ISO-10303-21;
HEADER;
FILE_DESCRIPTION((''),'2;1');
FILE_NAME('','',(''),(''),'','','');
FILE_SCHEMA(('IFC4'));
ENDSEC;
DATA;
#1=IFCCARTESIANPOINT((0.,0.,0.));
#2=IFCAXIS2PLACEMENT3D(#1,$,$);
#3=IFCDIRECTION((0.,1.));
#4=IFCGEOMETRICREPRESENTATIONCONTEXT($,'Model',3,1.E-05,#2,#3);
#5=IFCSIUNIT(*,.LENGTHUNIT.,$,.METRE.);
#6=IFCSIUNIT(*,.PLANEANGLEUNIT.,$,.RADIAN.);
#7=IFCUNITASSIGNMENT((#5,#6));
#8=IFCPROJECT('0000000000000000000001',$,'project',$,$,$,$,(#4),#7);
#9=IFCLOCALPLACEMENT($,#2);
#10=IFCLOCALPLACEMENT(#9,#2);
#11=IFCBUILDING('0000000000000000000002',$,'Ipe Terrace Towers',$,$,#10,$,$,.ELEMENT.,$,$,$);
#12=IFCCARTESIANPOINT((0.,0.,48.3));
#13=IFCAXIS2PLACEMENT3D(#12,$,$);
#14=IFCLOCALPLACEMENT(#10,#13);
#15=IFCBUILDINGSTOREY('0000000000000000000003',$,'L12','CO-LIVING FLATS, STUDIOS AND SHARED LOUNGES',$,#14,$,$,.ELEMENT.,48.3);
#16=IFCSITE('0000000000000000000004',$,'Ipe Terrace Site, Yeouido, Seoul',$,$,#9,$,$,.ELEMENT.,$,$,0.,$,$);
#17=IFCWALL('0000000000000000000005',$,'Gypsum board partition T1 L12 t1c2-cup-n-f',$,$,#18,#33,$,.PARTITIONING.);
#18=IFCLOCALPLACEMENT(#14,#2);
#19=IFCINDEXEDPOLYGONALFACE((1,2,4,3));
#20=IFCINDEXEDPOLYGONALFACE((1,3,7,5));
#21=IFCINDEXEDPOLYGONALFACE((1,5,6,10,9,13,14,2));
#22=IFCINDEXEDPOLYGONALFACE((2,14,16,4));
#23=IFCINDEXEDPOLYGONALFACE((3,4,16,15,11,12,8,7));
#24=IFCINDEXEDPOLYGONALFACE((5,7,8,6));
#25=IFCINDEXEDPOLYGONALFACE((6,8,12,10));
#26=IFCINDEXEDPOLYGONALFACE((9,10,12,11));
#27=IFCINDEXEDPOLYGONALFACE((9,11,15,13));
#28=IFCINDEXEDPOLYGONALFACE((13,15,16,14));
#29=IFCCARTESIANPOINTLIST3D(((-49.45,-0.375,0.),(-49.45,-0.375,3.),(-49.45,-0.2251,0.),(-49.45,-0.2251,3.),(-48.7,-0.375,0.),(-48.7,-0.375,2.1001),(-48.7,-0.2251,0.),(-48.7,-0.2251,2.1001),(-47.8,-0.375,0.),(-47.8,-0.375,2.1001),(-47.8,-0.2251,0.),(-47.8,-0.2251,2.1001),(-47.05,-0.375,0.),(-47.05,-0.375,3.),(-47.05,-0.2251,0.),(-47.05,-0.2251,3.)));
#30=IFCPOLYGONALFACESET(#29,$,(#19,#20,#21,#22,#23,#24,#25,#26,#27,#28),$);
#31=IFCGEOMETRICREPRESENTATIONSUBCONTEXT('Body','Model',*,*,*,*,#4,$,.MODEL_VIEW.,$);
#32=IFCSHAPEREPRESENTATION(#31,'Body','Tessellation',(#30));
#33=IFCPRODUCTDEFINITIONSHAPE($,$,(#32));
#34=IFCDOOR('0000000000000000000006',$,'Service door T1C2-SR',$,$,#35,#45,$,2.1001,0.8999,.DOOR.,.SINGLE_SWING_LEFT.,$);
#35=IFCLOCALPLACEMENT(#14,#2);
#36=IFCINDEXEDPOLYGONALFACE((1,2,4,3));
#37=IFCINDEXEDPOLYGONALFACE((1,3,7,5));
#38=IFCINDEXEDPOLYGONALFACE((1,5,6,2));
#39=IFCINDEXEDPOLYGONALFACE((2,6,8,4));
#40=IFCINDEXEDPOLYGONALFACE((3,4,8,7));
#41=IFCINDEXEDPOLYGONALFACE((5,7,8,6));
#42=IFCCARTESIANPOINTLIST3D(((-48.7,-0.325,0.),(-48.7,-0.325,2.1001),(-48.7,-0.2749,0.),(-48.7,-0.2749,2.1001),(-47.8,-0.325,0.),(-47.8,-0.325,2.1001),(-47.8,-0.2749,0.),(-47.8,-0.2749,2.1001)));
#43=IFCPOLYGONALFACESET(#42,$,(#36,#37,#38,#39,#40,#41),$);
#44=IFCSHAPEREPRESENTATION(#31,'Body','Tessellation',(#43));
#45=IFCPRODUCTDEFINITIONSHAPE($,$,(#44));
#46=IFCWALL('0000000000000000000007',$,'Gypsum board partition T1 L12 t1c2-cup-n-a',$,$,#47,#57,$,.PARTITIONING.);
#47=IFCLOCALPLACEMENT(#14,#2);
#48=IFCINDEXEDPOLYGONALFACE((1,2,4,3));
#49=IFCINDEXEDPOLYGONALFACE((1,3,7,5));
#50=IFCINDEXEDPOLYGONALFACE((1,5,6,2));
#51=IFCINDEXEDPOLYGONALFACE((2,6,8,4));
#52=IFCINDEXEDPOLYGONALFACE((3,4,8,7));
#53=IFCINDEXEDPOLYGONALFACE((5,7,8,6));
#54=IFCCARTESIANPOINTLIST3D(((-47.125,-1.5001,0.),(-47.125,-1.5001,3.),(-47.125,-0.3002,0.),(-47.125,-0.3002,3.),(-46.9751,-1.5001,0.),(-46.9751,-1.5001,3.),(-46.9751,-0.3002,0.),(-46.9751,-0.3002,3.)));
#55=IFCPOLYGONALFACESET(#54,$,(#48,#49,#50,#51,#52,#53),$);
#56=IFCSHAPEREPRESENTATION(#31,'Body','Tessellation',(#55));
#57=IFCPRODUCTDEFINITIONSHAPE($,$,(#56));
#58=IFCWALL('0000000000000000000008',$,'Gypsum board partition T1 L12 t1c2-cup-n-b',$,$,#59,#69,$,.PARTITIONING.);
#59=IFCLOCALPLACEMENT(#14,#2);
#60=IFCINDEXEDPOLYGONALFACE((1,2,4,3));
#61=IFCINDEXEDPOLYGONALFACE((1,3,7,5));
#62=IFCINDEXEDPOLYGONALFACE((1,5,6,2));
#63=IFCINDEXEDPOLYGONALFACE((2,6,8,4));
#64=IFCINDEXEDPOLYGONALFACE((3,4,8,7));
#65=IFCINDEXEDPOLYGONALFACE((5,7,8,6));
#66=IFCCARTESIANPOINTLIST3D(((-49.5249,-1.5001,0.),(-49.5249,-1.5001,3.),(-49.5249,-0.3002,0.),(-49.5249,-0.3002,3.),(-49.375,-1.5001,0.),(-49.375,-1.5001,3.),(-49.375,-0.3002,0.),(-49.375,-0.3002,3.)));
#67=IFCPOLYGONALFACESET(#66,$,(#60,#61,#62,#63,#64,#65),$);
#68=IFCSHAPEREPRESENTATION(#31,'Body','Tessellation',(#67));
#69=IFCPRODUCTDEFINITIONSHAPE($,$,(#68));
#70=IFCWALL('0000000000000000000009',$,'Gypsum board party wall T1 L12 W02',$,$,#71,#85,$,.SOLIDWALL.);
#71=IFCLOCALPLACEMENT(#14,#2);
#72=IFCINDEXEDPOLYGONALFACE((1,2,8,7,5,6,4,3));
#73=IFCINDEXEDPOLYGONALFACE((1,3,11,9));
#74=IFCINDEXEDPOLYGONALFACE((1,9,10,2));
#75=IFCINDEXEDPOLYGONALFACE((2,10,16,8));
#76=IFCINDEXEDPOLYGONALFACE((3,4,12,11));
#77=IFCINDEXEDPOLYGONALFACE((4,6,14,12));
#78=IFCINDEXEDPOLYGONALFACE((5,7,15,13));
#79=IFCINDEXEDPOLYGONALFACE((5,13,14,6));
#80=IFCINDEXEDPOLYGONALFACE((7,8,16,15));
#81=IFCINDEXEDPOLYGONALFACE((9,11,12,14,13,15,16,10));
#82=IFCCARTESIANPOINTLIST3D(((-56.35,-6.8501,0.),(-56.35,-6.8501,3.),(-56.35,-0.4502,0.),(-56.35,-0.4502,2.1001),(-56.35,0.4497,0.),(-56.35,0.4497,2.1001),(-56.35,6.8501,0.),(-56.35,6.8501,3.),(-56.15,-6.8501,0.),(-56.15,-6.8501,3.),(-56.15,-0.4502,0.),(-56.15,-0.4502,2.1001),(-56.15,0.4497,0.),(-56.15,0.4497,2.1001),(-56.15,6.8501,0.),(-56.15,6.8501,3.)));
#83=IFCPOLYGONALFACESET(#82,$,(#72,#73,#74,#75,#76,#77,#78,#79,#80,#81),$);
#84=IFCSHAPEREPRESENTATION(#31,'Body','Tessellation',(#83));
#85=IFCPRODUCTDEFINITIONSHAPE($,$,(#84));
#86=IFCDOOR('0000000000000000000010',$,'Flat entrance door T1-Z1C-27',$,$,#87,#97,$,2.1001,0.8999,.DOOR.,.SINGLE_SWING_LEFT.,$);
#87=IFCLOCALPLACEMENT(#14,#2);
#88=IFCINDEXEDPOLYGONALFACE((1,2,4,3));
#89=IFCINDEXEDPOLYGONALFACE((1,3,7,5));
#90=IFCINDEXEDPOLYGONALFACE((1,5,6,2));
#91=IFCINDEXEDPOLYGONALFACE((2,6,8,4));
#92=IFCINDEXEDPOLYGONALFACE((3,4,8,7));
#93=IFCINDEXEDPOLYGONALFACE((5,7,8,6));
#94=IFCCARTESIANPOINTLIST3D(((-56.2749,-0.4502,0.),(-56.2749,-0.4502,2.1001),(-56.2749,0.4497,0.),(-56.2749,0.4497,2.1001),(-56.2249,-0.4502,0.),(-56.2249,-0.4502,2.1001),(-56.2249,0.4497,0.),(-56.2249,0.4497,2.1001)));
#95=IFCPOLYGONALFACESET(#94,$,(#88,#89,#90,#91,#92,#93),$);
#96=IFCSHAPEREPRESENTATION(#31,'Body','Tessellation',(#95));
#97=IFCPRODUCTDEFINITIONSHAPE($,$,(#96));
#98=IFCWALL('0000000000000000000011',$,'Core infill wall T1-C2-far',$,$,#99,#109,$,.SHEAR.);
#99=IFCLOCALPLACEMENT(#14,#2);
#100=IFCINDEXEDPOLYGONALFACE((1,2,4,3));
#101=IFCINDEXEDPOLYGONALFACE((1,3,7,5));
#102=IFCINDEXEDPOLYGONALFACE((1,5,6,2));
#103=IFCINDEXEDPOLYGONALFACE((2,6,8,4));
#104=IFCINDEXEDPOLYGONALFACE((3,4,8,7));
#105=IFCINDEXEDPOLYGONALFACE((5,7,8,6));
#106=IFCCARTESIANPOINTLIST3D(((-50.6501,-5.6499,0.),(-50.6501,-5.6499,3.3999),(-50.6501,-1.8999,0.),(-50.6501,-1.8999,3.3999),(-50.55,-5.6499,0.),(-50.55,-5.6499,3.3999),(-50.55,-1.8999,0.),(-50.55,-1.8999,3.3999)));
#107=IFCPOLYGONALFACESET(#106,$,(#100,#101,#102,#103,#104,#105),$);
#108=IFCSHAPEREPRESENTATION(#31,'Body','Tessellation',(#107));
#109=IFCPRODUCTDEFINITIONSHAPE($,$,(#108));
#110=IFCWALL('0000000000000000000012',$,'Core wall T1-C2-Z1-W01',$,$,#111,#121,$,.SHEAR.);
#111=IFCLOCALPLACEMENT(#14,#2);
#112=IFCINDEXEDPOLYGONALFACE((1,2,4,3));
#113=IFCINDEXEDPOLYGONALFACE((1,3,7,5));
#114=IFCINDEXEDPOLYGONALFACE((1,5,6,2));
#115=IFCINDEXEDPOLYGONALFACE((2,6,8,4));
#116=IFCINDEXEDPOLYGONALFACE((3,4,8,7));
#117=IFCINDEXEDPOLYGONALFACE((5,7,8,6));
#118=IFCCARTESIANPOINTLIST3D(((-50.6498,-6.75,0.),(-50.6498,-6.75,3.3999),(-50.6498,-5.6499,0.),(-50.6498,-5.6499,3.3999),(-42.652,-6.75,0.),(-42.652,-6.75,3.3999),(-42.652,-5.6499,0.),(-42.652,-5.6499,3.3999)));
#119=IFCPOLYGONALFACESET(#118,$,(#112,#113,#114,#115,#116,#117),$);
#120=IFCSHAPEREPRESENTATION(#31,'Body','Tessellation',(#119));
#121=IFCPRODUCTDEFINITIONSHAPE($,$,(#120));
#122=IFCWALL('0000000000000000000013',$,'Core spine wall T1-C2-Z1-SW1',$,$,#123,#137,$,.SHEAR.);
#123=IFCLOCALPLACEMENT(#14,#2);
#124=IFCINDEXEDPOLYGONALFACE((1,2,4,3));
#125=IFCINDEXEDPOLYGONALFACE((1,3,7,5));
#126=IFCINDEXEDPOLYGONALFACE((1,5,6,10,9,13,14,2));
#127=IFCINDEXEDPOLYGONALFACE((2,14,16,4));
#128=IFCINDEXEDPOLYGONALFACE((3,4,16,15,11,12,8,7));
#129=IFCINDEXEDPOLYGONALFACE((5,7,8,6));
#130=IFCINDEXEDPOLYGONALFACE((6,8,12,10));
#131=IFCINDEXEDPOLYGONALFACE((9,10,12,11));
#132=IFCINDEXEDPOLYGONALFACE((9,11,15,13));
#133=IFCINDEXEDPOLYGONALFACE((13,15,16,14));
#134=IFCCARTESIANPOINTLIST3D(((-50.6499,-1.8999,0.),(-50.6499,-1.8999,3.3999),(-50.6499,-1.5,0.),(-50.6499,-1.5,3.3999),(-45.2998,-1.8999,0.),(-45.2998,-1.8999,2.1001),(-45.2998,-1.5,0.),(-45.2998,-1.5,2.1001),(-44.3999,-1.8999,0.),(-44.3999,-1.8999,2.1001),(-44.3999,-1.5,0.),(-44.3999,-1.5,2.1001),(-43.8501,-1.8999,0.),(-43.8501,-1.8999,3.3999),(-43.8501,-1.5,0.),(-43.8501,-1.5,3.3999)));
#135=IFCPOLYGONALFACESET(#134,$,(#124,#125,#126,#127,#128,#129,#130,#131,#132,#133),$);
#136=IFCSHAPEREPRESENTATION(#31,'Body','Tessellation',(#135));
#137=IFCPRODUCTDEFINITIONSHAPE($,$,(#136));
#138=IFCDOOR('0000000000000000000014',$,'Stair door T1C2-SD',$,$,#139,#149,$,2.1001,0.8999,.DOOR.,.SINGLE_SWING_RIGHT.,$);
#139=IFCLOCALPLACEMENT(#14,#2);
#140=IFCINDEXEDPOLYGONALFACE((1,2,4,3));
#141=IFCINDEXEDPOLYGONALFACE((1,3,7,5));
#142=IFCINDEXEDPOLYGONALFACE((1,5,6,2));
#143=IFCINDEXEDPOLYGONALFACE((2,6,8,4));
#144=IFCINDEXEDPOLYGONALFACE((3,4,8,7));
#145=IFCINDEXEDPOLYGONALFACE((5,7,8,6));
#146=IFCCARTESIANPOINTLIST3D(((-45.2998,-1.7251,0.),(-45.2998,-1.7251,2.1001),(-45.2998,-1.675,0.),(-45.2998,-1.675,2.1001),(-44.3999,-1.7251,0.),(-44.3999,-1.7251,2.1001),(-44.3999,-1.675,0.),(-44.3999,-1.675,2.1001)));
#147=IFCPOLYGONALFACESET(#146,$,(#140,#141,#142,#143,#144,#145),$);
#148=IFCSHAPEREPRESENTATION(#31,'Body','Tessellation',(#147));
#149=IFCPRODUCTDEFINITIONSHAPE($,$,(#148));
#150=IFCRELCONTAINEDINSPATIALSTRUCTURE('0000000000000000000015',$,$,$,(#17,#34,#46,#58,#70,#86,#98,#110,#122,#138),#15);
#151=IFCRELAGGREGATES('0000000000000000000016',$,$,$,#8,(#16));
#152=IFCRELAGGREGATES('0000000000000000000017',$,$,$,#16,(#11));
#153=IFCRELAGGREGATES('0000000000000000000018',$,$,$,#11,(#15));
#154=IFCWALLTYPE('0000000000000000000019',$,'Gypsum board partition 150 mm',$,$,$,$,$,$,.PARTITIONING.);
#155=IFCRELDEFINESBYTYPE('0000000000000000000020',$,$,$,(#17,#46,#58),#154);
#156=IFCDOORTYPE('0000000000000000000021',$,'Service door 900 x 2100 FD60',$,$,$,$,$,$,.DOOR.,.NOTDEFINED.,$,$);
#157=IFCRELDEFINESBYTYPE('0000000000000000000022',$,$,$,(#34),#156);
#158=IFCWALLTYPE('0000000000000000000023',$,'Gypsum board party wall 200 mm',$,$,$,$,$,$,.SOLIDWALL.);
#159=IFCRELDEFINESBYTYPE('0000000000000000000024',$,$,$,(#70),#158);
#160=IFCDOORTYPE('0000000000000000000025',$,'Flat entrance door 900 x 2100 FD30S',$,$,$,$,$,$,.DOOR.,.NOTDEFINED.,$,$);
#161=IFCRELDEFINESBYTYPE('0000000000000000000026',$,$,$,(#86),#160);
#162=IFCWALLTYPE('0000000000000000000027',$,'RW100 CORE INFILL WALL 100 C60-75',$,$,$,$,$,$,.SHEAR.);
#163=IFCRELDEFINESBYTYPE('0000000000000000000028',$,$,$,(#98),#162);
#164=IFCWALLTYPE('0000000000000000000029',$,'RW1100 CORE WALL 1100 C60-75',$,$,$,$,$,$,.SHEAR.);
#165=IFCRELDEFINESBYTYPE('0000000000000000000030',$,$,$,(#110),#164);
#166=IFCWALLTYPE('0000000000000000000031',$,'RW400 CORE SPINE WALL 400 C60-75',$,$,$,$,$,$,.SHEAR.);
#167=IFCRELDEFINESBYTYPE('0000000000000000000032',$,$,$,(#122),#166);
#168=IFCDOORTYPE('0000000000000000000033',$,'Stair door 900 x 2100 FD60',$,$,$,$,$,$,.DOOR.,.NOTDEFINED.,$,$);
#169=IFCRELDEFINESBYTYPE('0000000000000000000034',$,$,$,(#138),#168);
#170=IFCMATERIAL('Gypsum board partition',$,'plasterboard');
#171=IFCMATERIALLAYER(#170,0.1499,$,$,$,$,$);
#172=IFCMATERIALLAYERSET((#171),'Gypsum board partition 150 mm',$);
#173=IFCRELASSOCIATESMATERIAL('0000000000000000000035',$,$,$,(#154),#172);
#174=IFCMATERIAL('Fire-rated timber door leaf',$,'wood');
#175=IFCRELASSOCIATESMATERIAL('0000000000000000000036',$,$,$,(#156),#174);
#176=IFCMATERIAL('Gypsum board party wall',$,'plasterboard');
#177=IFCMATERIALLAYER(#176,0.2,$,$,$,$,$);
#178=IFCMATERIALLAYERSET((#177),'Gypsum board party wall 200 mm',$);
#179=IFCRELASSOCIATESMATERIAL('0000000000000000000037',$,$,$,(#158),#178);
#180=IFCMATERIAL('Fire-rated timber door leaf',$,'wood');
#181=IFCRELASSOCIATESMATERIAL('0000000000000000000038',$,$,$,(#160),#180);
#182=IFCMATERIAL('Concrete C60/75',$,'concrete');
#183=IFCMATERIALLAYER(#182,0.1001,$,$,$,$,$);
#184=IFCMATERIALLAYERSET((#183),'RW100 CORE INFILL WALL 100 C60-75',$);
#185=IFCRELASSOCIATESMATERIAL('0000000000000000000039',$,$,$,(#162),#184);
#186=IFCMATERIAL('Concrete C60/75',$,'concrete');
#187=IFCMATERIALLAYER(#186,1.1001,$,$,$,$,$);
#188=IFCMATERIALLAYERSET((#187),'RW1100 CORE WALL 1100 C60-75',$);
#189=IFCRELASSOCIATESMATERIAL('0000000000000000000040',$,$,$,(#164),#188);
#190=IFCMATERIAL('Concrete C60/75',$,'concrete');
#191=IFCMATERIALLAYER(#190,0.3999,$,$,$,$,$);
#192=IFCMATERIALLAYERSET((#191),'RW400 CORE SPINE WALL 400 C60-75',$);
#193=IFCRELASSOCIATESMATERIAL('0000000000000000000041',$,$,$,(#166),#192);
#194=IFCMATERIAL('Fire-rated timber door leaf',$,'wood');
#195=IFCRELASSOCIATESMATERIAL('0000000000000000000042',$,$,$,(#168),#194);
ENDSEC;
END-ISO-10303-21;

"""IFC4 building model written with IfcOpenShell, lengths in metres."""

from ifc_helpers import new_model, si_unit, direction, frame, frame_2d, origin, place, context, subcontext, project, spatial, rectangle, extrude, material, layer, layer_set, type_object, element, fill, save


model = new_model("IFC4")

# Units and contexts
model_context = context("Model", 3, precision=1e-05, world=origin(), true_north=direction((0.0, 1.0)))
body_context = subcontext(model_context, "Body", "Model", "MODEL_VIEW")
ifc_project = project(units=[si_unit("LENGTHUNIT", "METRE"), si_unit("PLANEANGLEUNIT", "RADIAN")], contexts=[model_context])

# Site, building, storey
site_placement = place(None, origin())
site = spatial("IfcSite", under=ifc_project, at=site_placement, Name="Ipe Terrace Site, Yeouido, Seoul", CompositionType="ELEMENT", RefElevation=0.0)
building_placement = place(site_placement, origin())
building = spatial("IfcBuilding", under=site, at=building_placement, Name="Ipe Terrace Towers", CompositionType="ELEMENT")
storey_placement = place(building_placement, frame((0.0, 0.0, 48.3)))
storey = spatial("IfcBuildingStorey", under=building, at=storey_placement, Name="L12", Description="CO-LIVING FLATS, STUDIOS AND SHARED LOUNGES", CompositionType="ELEMENT", Elevation=48.3)

# Wall, opening, door
ifc_material_1 = material(Name="Gypsum board partition", Category="plasterboard")
ifc_layer_1 = layer(ifc_material_1, 0.1499)
ifc_layer_set_1 = layer_set([ifc_layer_1], Name="Gypsum board partition 150 mm")
wall_type_1 = type_object("IfcWallType", Name="Gypsum board partition 150 mm", PredefinedType="PARTITIONING", material=ifc_layer_set_1)
wall_1_placement = place(storey_placement, frame((-47.05, -0.3, 0.0), z_axis=(0.0, 0.0, 1.0), x_axis=(-1.0, 0.0, 0.0)))
wall_1 = element("IfcWall", 1, at=wall_1_placement, inside=storey, type_object=wall_type_1, Name="Gypsum board partition T1 L12 t1c2-cup-n-f", PredefinedType="PARTITIONING", context=body_context, shape_type="SweptSolid", body=[
    extrude(rectangle(XDim=2.3999, YDim=0.1499, at=frame_2d((1.2, 0.0))), origin(), (0.0, 0.0, 1.0), 3.0),
])
opening_1_placement = place(wall_1_placement, frame((0.75, 0.0, 0.0)))
opening_1 = element("IfcOpeningElement", 2, at=opening_1_placement, cuts=wall_1, PredefinedType="OPENING", context=body_context, shape_type="SweptSolid", body=[
    extrude(rectangle(XDim=0.8999, YDim=2.1001, at=frame_2d((0.45, 1.05))), frame((0.0, 0.085, 0.0), z_axis=(0.0, -1.0, 0.0), x_axis=(1.0, 0.0, 0.0)), (0.0, 0.0, 1.0), 0.1699),
])
ifc_material_2 = material(Name="Fire-rated timber door leaf", Category="wood")
door_type_1 = type_object("IfcDoorType", Name="Service door 900 x 2100 FD60", OperationType="NOTDEFINED", PredefinedType="DOOR", material=ifc_material_2)
door_1_placement = place(opening_1_placement, origin())
door_1 = element("IfcDoor", 3, at=door_1_placement, inside=storey, type_object=door_type_1, Name="Service door T1C2-SR", OperationType="SINGLE_SWING_LEFT", OverallHeight=2.1001, OverallWidth=0.8999, PredefinedType="DOOR", context=body_context, shape_type="SweptSolid", body=[
    extrude(rectangle(XDim=0.8999, YDim=2.1001, at=frame_2d((0.45, 1.05))), frame((0.0, 0.0249, 0.0), z_axis=(0.0, -1.0, 0.0), x_axis=(1.0, 0.0, 0.0)), (0.0, 0.0, 1.0), 0.05),
])
fill(opening_1, door_1)

# Walls
for number, where, z_axis, x_axis, name in (
    (4, (-47.05, -0.3, 0.0), (0.0, 0.0, 1.0), (0.0, -1.0, 0.0), "Gypsum board partition T1 L12 t1c2-cup-n-a"),
    (5, (-49.45, -0.3, 0.0), (0.0, 0.0, 1.0), (0.0, -1.0, 0.0), "Gypsum board partition T1 L12 t1c2-cup-n-b"),
):
    element("IfcWall", number, at=place(storey_placement, frame(where, z_axis=z_axis, x_axis=x_axis)), inside=storey, type_object=wall_type_1, Name=name, PredefinedType="PARTITIONING", context=body_context, shape_type="SweptSolid", body=[
        extrude(rectangle(XDim=1.2, YDim=0.1499, at=frame_2d((0.6001, 0.0))), origin(), (0.0, 0.0, 1.0), 3.0),
    ])

# Wall, opening, door
ifc_material_3 = material(Name="Gypsum board party wall", Category="plasterboard")
ifc_layer_2 = layer(ifc_material_3, 0.2)
ifc_layer_set_2 = layer_set([ifc_layer_2], Name="Gypsum board party wall 200 mm")
wall_type_2 = type_object("IfcWallType", Name="Gypsum board party wall 200 mm", PredefinedType="SOLIDWALL", material=ifc_layer_set_2)
wall_2_placement = place(storey_placement, frame((-56.25, -6.8501, 0.0), z_axis=(0.0, 0.0, 1.0), x_axis=(0.0, 1.0, 0.0)))
wall_2 = element("IfcWall", 6, at=wall_2_placement, inside=storey, type_object=wall_type_2, Name="Gypsum board party wall T1 L12 W02", PredefinedType="SOLIDWALL", context=body_context, shape_type="SweptSolid", body=[
    extrude(rectangle(XDim=13.7002, YDim=0.2, at=frame_2d((6.8501, 0.0))), origin(), (0.0, 0.0, 1.0), 3.0),
])
opening_2_placement = place(wall_2_placement, frame((6.3999, 0.0, 0.0)))
opening_2 = element("IfcOpeningElement", 7, at=opening_2_placement, cuts=wall_2, PredefinedType="OPENING", context=body_context, shape_type="SweptSolid", body=[
    extrude(rectangle(XDim=0.8999, YDim=2.1001, at=frame_2d((0.45, 1.05))), frame((0.0, 0.1099, 0.0), z_axis=(0.0, -1.0, 0.0), x_axis=(1.0, 0.0, 0.0)), (0.0, 0.0, 1.0), 0.22),
])
ifc_material_4 = material(Name="Fire-rated timber door leaf", Category="wood")
door_type_2 = type_object("IfcDoorType", Name="Flat entrance door 900 x 2100 FD30S", OperationType="NOTDEFINED", PredefinedType="DOOR", material=ifc_material_4)
door_2_placement = place(opening_2_placement, origin())
door_2 = element("IfcDoor", 8, at=door_2_placement, inside=storey, type_object=door_type_2, Name="Flat entrance door T1-Z1C-27", OperationType="SINGLE_SWING_LEFT", OverallHeight=2.1001, OverallWidth=0.8999, PredefinedType="DOOR", context=body_context, shape_type="SweptSolid", body=[
    extrude(rectangle(XDim=0.8999, YDim=2.1001, at=frame_2d((0.45, 1.05))), frame((0.0, 0.0249, 0.0), z_axis=(0.0, -1.0, 0.0), x_axis=(1.0, 0.0, 0.0)), (0.0, 0.0, 1.0), 0.05),
])
fill(opening_2, door_2)

# Walls
ifc_material_5 = material(Name="Concrete C60/75", Category="concrete")
ifc_layer_3 = layer(ifc_material_5, 0.1001)
ifc_layer_set_3 = layer_set([ifc_layer_3], Name="RW100 CORE INFILL WALL 100 C60-75")
wall_type_3 = type_object("IfcWallType", Name="RW100 CORE INFILL WALL 100 C60-75", PredefinedType="SHEAR", material=ifc_layer_set_3)
wall_3_placement = place(storey_placement, frame((-50.6001, -1.8999, 0.0), z_axis=(0.0, 0.0, 1.0), x_axis=(0.0, -1.0, 0.0)))
element("IfcWall", 9, at=wall_3_placement, inside=storey, type_object=wall_type_3, Name="Core infill wall T1-C2-far", PredefinedType="SHEAR", context=body_context, shape_type="SweptSolid", body=[
    extrude(rectangle(XDim=3.75, YDim=0.1001, at=frame_2d((1.875, 0.0))), origin(), (0.0, 0.0, 1.0), 3.3999),
])
ifc_material_6 = material(Name="Concrete C60/75", Category="concrete")
ifc_layer_4 = layer(ifc_material_6, 1.1001)
ifc_layer_set_4 = layer_set([ifc_layer_4], Name="RW1100 CORE WALL 1100 C60-75")
wall_type_4 = type_object("IfcWallType", Name="RW1100 CORE WALL 1100 C60-75", PredefinedType="SHEAR", material=ifc_layer_set_4)
wall_4_placement = place(storey_placement, frame((-50.6499, -6.2, 0.0), z_axis=(0.0, 0.0, 1.0), x_axis=(1.0, 0.0, 0.0)))
element("IfcWall", 10, at=wall_4_placement, inside=storey, type_object=wall_type_4, Name="Core wall T1-C2-Z1-W01", PredefinedType="SHEAR", context=body_context, shape_type="SweptSolid", body=[
    extrude(rectangle(XDim=7.9978, YDim=1.1001, at=frame_2d((3.999, 0.0))), origin(), (0.0, 0.0, 1.0), 3.3999),
])

# Wall, opening, door
ifc_material_7 = material(Name="Concrete C60/75", Category="concrete")
ifc_layer_5 = layer(ifc_material_7, 0.3999)
ifc_layer_set_5 = layer_set([ifc_layer_5], Name="RW400 CORE SPINE WALL 400 C60-75")
wall_type_5 = type_object("IfcWallType", Name="RW400 CORE SPINE WALL 400 C60-75", PredefinedType="SHEAR", material=ifc_layer_set_5)
wall_5_placement = place(storey_placement, frame((-50.6499, -1.7, 0.0), z_axis=(0.0, 0.0, 1.0), x_axis=(1.0, 0.0, 0.0)))
wall_5 = element("IfcWall", 11, at=wall_5_placement, inside=storey, type_object=wall_type_5, Name="Core spine wall T1-C2-Z1-SW1", PredefinedType="SHEAR", context=body_context, shape_type="SweptSolid", body=[
    extrude(rectangle(XDim=6.7998, YDim=0.3999, at=frame_2d((3.3999, 0.0))), origin(), (0.0, 0.0, 1.0), 3.3999),
])
opening_3_placement = place(wall_5_placement, frame((5.3501, 0.0, 0.0)))
opening_3 = element("IfcOpeningElement", 12, at=opening_3_placement, cuts=wall_5, PredefinedType="OPENING", context=body_context, shape_type="SweptSolid", body=[
    extrude(rectangle(XDim=0.8999, YDim=2.1001, at=frame_2d((0.45, 1.05))), frame((0.0, 0.21, 0.0), z_axis=(0.0, -1.0, 0.0), x_axis=(1.0, 0.0, 0.0)), (0.0, 0.0, 1.0), 0.4199),
])
ifc_material_8 = material(Name="Fire-rated timber door leaf", Category="wood")
door_type_3 = type_object("IfcDoorType", Name="Stair door 900 x 2100 FD60", OperationType="NOTDEFINED", PredefinedType="DOOR", material=ifc_material_8)
door_3_placement = place(opening_3_placement, origin())
door_3 = element("IfcDoor", 13, at=door_3_placement, inside=storey, type_object=door_type_3, Name="Stair door T1C2-SD", OperationType="SINGLE_SWING_RIGHT", OverallHeight=2.1001, OverallWidth=0.8999, PredefinedType="DOOR", context=body_context, shape_type="SweptSolid", body=[
    extrude(rectangle(XDim=0.8999, YDim=2.1001, at=frame_2d((0.45, 1.05))), frame((0.0, 0.0249, 0.0), z_axis=(0.0, -1.0, 0.0), x_axis=(1.0, 0.0, 0.0)), (0.0, 0.0, 1.0), 0.05),
])
fill(opening_3, door_3)

save(model, "model.ifc")
